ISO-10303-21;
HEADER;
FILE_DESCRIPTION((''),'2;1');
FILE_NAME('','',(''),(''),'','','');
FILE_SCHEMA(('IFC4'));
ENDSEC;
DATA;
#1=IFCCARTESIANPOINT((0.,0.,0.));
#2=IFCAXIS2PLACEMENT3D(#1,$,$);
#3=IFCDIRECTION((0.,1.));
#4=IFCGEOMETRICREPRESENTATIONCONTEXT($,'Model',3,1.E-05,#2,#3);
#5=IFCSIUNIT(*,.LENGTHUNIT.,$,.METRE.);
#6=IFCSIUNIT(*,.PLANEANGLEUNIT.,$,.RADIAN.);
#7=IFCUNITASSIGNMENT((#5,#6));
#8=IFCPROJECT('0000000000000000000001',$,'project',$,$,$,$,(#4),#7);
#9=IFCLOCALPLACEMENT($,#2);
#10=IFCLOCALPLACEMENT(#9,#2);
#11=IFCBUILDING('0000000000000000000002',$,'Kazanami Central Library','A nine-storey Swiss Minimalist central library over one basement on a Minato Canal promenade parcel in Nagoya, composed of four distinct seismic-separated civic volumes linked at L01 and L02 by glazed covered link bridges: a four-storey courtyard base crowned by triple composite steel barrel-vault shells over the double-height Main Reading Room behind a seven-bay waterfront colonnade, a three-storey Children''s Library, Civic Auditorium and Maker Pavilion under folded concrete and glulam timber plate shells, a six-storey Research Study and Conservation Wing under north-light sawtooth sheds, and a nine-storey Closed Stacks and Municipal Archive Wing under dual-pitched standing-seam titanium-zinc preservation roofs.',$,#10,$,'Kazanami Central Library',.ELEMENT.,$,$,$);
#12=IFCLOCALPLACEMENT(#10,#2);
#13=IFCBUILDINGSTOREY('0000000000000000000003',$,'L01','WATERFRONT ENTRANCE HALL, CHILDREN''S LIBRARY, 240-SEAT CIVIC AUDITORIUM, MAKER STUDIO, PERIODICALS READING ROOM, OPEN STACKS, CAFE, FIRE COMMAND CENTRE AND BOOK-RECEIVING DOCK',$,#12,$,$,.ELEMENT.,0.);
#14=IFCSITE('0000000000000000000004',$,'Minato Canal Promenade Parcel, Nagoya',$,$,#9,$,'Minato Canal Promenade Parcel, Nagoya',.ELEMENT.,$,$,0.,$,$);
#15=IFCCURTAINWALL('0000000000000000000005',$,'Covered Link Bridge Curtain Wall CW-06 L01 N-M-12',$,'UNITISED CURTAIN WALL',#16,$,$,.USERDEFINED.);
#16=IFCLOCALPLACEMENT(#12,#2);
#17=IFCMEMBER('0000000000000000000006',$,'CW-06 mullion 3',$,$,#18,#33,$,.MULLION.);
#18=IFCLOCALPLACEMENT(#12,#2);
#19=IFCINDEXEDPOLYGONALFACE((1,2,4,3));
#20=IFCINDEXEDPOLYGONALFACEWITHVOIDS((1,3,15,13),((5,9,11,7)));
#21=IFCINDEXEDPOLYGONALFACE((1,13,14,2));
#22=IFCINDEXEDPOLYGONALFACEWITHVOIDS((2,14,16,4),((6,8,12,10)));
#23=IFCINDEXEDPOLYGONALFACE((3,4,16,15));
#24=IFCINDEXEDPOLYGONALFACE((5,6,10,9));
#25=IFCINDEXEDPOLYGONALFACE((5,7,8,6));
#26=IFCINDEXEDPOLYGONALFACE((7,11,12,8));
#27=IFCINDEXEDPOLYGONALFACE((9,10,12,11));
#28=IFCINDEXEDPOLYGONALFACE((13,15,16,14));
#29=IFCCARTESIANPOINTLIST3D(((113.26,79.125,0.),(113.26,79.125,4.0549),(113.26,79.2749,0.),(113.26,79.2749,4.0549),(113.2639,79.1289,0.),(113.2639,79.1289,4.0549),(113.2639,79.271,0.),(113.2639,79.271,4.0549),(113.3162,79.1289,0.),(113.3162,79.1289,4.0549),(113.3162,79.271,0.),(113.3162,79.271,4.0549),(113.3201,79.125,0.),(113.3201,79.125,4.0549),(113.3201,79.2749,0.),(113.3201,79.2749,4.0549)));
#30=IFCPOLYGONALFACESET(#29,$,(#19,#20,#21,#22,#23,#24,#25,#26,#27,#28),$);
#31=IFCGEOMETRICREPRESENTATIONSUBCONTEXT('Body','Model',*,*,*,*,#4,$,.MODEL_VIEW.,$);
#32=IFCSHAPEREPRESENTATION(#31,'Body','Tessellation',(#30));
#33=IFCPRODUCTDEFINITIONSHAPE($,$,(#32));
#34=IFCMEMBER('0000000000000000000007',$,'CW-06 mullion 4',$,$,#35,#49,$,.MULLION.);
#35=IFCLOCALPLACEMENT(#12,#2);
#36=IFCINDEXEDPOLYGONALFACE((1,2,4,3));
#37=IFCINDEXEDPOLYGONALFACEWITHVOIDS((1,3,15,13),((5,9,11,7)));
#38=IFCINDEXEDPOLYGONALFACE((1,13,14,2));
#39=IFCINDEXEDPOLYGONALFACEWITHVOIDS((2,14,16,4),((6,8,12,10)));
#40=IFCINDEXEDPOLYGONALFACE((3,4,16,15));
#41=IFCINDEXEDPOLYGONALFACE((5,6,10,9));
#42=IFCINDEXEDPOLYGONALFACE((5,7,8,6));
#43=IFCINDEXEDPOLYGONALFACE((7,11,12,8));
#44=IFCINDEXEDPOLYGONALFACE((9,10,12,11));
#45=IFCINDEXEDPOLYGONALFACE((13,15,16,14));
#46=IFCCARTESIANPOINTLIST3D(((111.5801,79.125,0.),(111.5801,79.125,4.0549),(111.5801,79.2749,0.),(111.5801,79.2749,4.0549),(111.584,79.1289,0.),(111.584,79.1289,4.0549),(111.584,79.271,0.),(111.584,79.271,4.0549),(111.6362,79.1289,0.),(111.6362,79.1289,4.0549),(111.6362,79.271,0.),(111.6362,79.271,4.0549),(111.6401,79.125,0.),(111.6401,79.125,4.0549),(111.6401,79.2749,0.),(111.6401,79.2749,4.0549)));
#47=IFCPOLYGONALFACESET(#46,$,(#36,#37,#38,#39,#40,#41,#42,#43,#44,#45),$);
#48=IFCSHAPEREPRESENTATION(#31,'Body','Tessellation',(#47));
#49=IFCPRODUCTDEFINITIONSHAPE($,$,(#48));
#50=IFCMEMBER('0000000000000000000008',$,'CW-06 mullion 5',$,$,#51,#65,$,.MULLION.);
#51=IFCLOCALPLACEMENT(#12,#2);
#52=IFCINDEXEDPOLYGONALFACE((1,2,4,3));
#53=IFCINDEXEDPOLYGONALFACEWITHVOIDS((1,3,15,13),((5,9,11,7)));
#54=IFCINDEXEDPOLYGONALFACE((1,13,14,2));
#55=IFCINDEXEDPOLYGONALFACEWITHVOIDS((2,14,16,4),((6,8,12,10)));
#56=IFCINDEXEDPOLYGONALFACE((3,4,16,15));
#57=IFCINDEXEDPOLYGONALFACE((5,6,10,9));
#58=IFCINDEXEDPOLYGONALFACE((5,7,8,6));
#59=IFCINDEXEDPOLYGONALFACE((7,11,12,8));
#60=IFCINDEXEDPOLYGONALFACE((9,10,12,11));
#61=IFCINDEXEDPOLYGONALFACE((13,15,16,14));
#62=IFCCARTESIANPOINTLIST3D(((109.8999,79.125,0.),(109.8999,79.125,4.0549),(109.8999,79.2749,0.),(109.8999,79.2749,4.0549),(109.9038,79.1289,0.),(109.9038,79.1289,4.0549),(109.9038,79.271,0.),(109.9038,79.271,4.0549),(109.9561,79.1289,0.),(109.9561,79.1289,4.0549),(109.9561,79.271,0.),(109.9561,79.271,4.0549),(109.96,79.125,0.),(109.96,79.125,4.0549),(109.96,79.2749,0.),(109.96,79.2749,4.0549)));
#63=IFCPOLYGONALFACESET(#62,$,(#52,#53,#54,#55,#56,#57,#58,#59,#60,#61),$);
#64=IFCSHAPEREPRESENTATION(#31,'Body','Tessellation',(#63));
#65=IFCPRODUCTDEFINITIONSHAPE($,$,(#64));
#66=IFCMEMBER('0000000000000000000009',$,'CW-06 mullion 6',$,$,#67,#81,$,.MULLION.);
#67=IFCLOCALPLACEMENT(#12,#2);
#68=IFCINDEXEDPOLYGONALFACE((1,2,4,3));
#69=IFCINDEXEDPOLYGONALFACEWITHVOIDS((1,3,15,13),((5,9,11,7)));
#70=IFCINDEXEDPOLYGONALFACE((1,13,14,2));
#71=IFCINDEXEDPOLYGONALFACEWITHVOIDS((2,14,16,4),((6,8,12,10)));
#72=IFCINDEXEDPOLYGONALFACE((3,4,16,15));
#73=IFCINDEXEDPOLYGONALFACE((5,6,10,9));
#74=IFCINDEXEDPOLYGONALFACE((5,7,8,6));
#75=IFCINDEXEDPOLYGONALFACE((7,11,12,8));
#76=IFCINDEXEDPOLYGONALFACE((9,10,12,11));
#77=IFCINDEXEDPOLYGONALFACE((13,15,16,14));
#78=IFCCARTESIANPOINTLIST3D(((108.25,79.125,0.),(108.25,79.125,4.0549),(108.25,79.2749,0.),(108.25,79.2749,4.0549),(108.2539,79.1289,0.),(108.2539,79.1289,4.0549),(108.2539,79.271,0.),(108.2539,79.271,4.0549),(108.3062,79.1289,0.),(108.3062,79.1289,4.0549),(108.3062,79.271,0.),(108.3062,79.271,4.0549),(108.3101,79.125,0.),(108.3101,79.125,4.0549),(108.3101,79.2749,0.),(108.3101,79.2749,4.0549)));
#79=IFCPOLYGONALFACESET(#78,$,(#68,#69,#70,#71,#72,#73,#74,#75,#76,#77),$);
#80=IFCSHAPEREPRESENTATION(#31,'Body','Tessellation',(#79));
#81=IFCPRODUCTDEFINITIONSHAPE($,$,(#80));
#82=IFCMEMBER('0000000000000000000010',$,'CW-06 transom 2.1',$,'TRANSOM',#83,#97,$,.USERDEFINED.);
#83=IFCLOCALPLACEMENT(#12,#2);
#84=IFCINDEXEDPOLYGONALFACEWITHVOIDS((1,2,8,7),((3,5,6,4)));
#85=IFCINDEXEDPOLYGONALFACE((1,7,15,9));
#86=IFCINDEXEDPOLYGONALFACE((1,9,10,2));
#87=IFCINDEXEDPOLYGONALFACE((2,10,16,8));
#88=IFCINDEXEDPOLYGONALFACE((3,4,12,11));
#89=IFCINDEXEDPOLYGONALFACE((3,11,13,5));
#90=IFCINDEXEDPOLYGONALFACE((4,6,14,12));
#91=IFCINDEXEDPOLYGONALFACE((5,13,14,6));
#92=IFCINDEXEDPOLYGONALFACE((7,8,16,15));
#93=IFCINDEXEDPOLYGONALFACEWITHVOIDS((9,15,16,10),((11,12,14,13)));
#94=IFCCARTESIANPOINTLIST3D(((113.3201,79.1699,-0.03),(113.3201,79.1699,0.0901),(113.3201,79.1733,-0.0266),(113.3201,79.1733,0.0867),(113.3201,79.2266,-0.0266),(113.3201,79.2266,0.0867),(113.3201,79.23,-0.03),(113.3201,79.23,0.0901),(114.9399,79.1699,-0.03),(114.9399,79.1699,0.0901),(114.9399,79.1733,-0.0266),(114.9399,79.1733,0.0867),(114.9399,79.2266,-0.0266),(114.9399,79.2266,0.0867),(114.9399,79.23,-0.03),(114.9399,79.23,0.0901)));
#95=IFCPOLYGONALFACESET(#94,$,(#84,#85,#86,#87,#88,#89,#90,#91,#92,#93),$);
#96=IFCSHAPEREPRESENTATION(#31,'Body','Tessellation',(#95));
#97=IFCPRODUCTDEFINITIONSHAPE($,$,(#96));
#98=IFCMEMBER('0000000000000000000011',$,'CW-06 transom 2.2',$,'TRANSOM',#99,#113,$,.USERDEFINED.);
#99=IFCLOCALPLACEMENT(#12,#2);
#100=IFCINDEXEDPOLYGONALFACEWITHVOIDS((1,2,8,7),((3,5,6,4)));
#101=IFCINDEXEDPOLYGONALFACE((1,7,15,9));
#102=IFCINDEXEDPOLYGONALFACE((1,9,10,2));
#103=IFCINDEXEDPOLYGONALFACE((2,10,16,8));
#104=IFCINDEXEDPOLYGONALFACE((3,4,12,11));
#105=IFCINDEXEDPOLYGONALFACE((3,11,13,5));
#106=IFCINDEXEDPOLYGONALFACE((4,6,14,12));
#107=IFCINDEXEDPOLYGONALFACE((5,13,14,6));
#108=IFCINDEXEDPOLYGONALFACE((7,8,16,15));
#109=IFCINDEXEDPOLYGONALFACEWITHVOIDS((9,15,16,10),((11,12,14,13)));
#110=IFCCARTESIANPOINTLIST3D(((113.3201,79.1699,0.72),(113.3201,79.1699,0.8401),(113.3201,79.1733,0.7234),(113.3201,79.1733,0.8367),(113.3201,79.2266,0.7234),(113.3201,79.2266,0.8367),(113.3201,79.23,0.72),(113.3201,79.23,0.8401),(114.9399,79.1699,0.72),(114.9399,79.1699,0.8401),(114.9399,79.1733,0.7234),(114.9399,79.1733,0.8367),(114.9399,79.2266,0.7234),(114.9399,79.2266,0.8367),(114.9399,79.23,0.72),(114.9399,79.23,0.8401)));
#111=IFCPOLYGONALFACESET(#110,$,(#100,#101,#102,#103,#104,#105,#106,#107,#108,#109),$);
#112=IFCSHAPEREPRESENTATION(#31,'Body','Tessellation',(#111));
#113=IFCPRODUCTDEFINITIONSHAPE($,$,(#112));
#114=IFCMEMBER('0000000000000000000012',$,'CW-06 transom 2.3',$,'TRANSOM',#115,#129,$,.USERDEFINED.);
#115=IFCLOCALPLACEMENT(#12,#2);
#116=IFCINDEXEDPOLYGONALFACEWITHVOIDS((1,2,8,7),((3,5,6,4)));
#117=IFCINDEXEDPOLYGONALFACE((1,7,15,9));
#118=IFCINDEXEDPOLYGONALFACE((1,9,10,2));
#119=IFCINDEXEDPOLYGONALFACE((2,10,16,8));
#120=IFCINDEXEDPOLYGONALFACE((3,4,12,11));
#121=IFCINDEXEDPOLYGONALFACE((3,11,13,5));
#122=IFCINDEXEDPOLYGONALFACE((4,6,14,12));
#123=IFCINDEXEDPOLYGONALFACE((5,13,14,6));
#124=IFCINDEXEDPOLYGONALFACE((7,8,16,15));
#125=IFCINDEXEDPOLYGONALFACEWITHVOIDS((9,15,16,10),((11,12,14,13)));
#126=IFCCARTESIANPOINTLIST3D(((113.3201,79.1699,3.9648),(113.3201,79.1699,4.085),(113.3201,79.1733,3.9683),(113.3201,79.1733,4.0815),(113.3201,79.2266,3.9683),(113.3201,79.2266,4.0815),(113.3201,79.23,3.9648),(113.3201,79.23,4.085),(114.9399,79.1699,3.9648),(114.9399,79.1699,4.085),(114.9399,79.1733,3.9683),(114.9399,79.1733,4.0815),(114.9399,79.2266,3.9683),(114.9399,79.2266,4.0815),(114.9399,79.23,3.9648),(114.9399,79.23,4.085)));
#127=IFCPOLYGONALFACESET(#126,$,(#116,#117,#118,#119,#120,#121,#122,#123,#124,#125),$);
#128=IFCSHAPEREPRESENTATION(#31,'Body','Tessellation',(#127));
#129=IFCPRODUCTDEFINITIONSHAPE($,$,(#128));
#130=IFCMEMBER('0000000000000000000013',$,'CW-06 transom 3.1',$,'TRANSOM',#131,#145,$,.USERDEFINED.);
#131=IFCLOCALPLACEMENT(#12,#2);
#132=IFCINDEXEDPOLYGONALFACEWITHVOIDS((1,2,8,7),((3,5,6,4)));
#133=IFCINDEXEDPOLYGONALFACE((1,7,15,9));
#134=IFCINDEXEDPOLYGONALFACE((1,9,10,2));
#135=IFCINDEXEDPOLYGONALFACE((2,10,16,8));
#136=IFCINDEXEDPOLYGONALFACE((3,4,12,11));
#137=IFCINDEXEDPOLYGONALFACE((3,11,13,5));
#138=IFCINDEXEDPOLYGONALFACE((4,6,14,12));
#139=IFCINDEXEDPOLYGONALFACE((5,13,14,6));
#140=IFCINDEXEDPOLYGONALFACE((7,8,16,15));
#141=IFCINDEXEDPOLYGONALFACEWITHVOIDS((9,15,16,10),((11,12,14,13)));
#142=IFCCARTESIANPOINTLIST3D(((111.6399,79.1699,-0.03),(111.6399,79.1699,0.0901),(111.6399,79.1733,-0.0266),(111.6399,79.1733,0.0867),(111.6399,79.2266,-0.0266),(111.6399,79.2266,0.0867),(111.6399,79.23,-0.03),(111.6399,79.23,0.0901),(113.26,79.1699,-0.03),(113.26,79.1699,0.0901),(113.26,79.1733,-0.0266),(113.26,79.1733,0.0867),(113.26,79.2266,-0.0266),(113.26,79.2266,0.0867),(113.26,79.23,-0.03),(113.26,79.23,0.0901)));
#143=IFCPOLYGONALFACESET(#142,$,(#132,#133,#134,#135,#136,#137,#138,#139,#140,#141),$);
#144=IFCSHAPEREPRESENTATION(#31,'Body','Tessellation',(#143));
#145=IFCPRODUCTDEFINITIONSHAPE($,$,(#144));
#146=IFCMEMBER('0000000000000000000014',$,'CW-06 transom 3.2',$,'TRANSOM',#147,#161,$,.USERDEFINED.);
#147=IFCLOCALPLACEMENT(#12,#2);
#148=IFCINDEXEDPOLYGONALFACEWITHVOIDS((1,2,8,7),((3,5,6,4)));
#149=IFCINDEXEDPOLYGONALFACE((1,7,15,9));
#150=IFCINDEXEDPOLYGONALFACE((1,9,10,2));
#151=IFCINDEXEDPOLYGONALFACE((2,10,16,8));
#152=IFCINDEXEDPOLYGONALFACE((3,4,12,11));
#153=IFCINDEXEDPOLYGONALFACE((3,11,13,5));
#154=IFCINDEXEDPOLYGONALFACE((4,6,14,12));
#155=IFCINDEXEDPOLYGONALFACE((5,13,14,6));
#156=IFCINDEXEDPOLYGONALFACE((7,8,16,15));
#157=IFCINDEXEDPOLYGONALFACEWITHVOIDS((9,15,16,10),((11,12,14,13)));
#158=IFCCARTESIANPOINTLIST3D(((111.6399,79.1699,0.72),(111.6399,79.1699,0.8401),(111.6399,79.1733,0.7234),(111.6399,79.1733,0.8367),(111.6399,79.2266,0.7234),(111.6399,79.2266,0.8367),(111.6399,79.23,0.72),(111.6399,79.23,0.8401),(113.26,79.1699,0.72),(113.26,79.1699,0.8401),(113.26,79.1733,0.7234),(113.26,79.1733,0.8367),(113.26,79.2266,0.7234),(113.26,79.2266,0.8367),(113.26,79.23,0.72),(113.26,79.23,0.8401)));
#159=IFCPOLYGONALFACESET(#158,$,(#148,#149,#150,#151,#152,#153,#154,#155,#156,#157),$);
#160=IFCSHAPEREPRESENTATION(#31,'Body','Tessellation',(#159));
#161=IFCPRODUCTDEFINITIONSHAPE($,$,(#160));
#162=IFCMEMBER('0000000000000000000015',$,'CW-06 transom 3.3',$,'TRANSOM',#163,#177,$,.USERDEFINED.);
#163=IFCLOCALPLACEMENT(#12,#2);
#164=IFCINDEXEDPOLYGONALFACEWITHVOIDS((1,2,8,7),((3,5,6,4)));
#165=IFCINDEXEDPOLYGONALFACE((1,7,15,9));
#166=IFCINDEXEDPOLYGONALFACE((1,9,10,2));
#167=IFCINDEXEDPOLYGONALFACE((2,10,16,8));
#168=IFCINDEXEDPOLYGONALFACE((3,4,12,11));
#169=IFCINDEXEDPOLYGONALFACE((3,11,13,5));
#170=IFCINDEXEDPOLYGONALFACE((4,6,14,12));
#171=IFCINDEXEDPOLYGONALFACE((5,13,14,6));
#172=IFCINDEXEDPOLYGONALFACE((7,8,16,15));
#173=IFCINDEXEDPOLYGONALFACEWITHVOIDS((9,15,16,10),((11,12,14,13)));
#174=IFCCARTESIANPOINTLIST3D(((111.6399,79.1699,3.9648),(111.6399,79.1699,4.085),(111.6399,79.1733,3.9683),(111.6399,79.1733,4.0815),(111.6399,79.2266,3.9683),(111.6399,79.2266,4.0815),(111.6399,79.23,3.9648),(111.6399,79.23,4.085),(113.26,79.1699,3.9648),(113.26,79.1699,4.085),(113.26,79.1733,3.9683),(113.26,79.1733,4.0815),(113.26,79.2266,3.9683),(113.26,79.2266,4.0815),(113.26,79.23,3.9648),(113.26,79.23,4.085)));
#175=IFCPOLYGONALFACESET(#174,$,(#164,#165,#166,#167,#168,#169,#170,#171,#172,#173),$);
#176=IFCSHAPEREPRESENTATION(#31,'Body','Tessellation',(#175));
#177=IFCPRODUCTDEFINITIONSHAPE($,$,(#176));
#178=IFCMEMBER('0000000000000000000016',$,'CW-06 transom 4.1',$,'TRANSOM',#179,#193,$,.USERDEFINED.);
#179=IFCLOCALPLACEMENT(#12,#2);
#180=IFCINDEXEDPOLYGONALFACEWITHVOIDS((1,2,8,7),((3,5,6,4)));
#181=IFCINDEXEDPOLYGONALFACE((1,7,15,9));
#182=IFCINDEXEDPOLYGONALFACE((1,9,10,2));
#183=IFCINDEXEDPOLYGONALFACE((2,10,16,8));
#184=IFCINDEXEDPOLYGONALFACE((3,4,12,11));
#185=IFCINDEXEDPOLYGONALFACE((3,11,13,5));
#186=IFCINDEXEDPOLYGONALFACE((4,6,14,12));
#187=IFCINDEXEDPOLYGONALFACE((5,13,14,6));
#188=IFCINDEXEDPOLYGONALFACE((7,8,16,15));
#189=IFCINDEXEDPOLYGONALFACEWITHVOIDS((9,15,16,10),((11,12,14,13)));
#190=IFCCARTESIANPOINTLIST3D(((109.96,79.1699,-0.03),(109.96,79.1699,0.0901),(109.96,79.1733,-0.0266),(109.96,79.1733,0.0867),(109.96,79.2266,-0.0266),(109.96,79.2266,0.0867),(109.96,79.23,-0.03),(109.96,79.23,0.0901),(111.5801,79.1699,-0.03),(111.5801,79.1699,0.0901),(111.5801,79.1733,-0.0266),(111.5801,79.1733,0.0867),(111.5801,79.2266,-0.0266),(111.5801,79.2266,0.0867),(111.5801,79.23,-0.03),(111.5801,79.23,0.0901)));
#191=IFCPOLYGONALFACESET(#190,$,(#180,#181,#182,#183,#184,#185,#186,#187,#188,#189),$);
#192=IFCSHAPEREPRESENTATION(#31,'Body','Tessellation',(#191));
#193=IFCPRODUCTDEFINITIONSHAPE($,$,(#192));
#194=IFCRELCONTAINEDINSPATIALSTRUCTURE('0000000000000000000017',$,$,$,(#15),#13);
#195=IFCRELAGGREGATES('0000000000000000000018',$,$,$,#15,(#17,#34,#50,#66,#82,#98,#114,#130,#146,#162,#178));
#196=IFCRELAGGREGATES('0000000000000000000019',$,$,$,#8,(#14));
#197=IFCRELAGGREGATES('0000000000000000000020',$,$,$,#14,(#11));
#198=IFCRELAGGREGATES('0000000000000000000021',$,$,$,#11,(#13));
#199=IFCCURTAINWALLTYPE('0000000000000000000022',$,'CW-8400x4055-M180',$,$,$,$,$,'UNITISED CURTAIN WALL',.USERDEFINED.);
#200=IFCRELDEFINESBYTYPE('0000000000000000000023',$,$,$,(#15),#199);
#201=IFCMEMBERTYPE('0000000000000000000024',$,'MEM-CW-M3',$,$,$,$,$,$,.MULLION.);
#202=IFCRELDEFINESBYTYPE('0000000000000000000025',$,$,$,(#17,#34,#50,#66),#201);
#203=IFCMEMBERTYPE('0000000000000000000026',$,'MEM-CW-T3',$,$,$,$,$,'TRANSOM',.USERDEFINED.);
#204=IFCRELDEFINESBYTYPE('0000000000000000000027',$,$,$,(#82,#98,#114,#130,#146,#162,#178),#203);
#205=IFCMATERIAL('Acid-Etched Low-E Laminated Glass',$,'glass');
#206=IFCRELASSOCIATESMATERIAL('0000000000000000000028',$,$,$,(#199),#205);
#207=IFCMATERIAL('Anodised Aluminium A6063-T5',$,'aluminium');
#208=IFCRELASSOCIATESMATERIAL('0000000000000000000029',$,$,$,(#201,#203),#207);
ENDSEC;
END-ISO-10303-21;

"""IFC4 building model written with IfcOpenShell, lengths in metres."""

from ifc_helpers import new_model, si_unit, direction, frame, origin, origin_2d, place, context, subcontext, project, spatial, hollow_rectangle, extrude, material, material_profile, profile_set, type_object, element, aggregate, save


model = new_model("IFC4")

# Units and contexts
model_context = context("Model", 3, precision=1e-05, world=origin(), true_north=direction((0.0, 1.0)))
body_context = subcontext(model_context, "Body", "Model", "MODEL_VIEW")
ifc_project = project(units=[si_unit("LENGTHUNIT", "METRE"), si_unit("PLANEANGLEUNIT", "RADIAN")], contexts=[model_context])

# Site, building, storey
site_placement = place(None, origin())
site = spatial("IfcSite", under=ifc_project, at=site_placement, Name="Minato Canal Promenade Parcel, Nagoya", LongName="Minato Canal Promenade Parcel, Nagoya", CompositionType="ELEMENT", RefElevation=0.0)
building_placement = place(site_placement, origin())
building = spatial("IfcBuilding", under=site, at=building_placement, Name="Kazanami Central Library", Description="A nine-storey Swiss Minimalist central library over one basement on a Minato Canal promenade parcel in Nagoya, composed of four distinct seismic-separated civic volumes linked at L01 and L02 by glazed covered link bridges: a four-storey courtyard base crowned by triple composite steel barrel-vault shells over the double-height Main Reading Room behind a seven-bay waterfront colonnade, a three-storey Children's Library, Civic Auditorium and Maker Pavilion under folded concrete and glulam timber plate shells, a six-storey Research Study and Conservation Wing under north-light sawtooth sheds, and a nine-storey Closed Stacks and Municipal Archive Wing under dual-pitched standing-seam titanium-zinc preservation roofs.", LongName="Kazanami Central Library", CompositionType="ELEMENT")
storey_placement = place(building_placement, origin())
storey = spatial("IfcBuildingStorey", under=building, at=storey_placement, Name="L01", Description="WATERFRONT ENTRANCE HALL, CHILDREN'S LIBRARY, 240-SEAT CIVIC AUDITORIUM, MAKER STUDIO, PERIODICALS READING ROOM, OPEN STACKS, CAFE, FIRE COMMAND CENTRE AND BOOK-RECEIVING DOCK", CompositionType="ELEMENT", Elevation=0.0)

# Curtain wall, members
ifc_material_1 = material(Name="Acid-Etched Low-E Laminated Glass", Category="glass")
curtain_wall_type = type_object("IfcCurtainWallType", Name="CW-8400x4055-M180", ElementType="UNITISED CURTAIN WALL", PredefinedType="USERDEFINED", material=ifc_material_1)
curtain_wall_placement = place(storey_placement, origin())
curtain_wall = element("IfcCurtainWall", 1, at=curtain_wall_placement, inside=storey, type_object=curtain_wall_type, Name="Covered Link Bridge Curtain Wall CW-06 L01 N-M-12", ObjectType="UNITISED CURTAIN WALL", PredefinedType="USERDEFINED")
ifc_material_2 = material(Name="Anodised Aluminium A6063-T5", Category="aluminium")
ifc_material_profile_1 = material_profile(ifc_material_2, hollow_rectangle(XDim=0.0601, YDim=0.1499, WallThickness=0.0039, at=origin_2d()), Name="ALU-MULL-60x150x4")
ifc_profile_set_1 = profile_set([ifc_material_profile_1], Name="Anodised Aluminium A6063-T5")
member_type_1 = type_object("IfcMemberType", Name="MEM-CW-M3", PredefinedType="MULLION", material=ifc_profile_set_1)
member_1_placement = place(storey_placement, frame((113.29, 79.2, 0.0), z_axis=(0.0, 0.0, 1.0), x_axis=(-1.0, 0.0, 0.0)))
member_1 = element("IfcMember", 2, at=member_1_placement, type_object=member_type_1, Name="CW-06 mullion 3", PredefinedType="MULLION", context=body_context, shape_type="SweptSolid", body=[
    extrude(hollow_rectangle(XDim=0.0601, YDim=0.1499, WallThickness=0.0039, at=origin_2d()), origin(), (0.0, 0.0, 1.0), 4.0549),
])
member_2_placement = place(storey_placement, frame((111.6101, 79.2, 0.0), z_axis=(0.0, 0.0, 1.0), x_axis=(-1.0, 0.0, 0.0)))
member_2 = element("IfcMember", 3, at=member_2_placement, type_object=member_type_1, Name="CW-06 mullion 4", PredefinedType="MULLION", context=body_context, shape_type="SweptSolid", body=[
    extrude(hollow_rectangle(XDim=0.0601, YDim=0.1499, WallThickness=0.0039, at=origin_2d()), origin(), (0.0, 0.0, 1.0), 4.0549),
])
member_3_placement = place(storey_placement, frame((109.9299, 79.2, 0.0), z_axis=(0.0, 0.0, 1.0), x_axis=(-1.0, 0.0, 0.0)))
member_3 = element("IfcMember", 4, at=member_3_placement, type_object=member_type_1, Name="CW-06 mullion 5", PredefinedType="MULLION", context=body_context, shape_type="SweptSolid", body=[
    extrude(hollow_rectangle(XDim=0.0601, YDim=0.1499, WallThickness=0.0039, at=origin_2d()), origin(), (0.0, 0.0, 1.0), 4.0549),
])
member_4_placement = place(storey_placement, frame((108.28, 79.2, 0.0), z_axis=(0.0, 0.0, 1.0), x_axis=(-1.0, 0.0, 0.0)))
member_4 = element("IfcMember", 5, at=member_4_placement, type_object=member_type_1, Name="CW-06 mullion 6", PredefinedType="MULLION", context=body_context, shape_type="SweptSolid", body=[
    extrude(hollow_rectangle(XDim=0.0601, YDim=0.1499, WallThickness=0.0039, at=origin_2d()), origin(), (0.0, 0.0, 1.0), 4.0549),
])
ifc_material_profile_2 = material_profile(ifc_material_2, hollow_rectangle(XDim=0.0601, YDim=0.1201, WallThickness=0.0034, at=origin_2d()), Name="ALU-TRAN-60x120x3.5")
ifc_profile_set_2 = profile_set([ifc_material_profile_2], Name="Anodised Aluminium A6063-T5")
member_type_2 = type_object("IfcMemberType", Name="MEM-CW-T3", ElementType="TRANSOM", PredefinedType="USERDEFINED", material=ifc_profile_set_2)
member_5_placement = place(storey_placement, frame((114.9399, 79.2, 0.03), z_axis=(-1.0, 0.0, 0.0), x_axis=(0.0, -1.0, 0.0)))
member_5 = element("IfcMember", 6, at=member_5_placement, type_object=member_type_2, Name="CW-06 transom 2.1", ObjectType="TRANSOM", PredefinedType="USERDEFINED", context=body_context, shape_type="SweptSolid", body=[
    extrude(hollow_rectangle(XDim=0.0601, YDim=0.1201, WallThickness=0.0034, at=origin_2d()), origin(), (0.0, 0.0, 1.0), 1.6199),
])
member_6_placement = place(storey_placement, frame((114.9399, 79.2, 0.78), z_axis=(-1.0, 0.0, 0.0), x_axis=(0.0, -1.0, 0.0)))
member_6 = element("IfcMember", 7, at=member_6_placement, type_object=member_type_2, Name="CW-06 transom 2.2", ObjectType="TRANSOM", PredefinedType="USERDEFINED", context=body_context, shape_type="SweptSolid", body=[
    extrude(hollow_rectangle(XDim=0.0601, YDim=0.1201, WallThickness=0.0034, at=origin_2d()), origin(), (0.0, 0.0, 1.0), 1.6199),
])
member_7_placement = place(storey_placement, frame((114.9399, 79.2, 4.0249), z_axis=(-1.0, 0.0, 0.0), x_axis=(0.0, -1.0, 0.0)))
member_7 = element("IfcMember", 8, at=member_7_placement, type_object=member_type_2, Name="CW-06 transom 2.3", ObjectType="TRANSOM", PredefinedType="USERDEFINED", context=body_context, shape_type="SweptSolid", body=[
    extrude(hollow_rectangle(XDim=0.0601, YDim=0.1201, WallThickness=0.0034, at=origin_2d()), origin(), (0.0, 0.0, 1.0), 1.6199),
])
member_8_placement = place(storey_placement, frame((113.26, 79.2, 0.03), z_axis=(-1.0, 0.0, 0.0), x_axis=(0.0, -1.0, 0.0)))
member_8 = element("IfcMember", 9, at=member_8_placement, type_object=member_type_2, Name="CW-06 transom 3.1", ObjectType="TRANSOM", PredefinedType="USERDEFINED", context=body_context, shape_type="SweptSolid", body=[
    extrude(hollow_rectangle(XDim=0.0601, YDim=0.1201, WallThickness=0.0034, at=origin_2d()), origin(), (0.0, 0.0, 1.0), 1.6201),
])
member_9_placement = place(storey_placement, frame((113.26, 79.2, 0.78), z_axis=(-1.0, 0.0, 0.0), x_axis=(0.0, -1.0, 0.0)))
member_9 = element("IfcMember", 10, at=member_9_placement, type_object=member_type_2, Name="CW-06 transom 3.2", ObjectType="TRANSOM", PredefinedType="USERDEFINED", context=body_context, shape_type="SweptSolid", body=[
    extrude(hollow_rectangle(XDim=0.0601, YDim=0.1201, WallThickness=0.0034, at=origin_2d()), origin(), (0.0, 0.0, 1.0), 1.6201),
])
member_10_placement = place(storey_placement, frame((113.26, 79.2, 4.0249), z_axis=(-1.0, 0.0, 0.0), x_axis=(0.0, -1.0, 0.0)))
member_10 = element("IfcMember", 11, at=member_10_placement, type_object=member_type_2, Name="CW-06 transom 3.3", ObjectType="TRANSOM", PredefinedType="USERDEFINED", context=body_context, shape_type="SweptSolid", body=[
    extrude(hollow_rectangle(XDim=0.0601, YDim=0.1201, WallThickness=0.0034, at=origin_2d()), origin(), (0.0, 0.0, 1.0), 1.6201),
])
member_11_placement = place(storey_placement, frame((111.5801, 79.2, 0.03), z_axis=(-1.0, 0.0, 0.0), x_axis=(0.0, -1.0, 0.0)))
member_11 = element("IfcMember", 12, at=member_11_placement, type_object=member_type_2, Name="CW-06 transom 4.1", ObjectType="TRANSOM", PredefinedType="USERDEFINED", context=body_context, shape_type="SweptSolid", body=[
    extrude(hollow_rectangle(XDim=0.0601, YDim=0.1201, WallThickness=0.0034, at=origin_2d()), origin(), (0.0, 0.0, 1.0), 1.6201),
])
aggregate(curtain_wall, [member_1, member_2, member_3, member_4, member_5, member_6, member_7, member_8, member_9, member_10, member_11])

save(model, "model.ifc")
